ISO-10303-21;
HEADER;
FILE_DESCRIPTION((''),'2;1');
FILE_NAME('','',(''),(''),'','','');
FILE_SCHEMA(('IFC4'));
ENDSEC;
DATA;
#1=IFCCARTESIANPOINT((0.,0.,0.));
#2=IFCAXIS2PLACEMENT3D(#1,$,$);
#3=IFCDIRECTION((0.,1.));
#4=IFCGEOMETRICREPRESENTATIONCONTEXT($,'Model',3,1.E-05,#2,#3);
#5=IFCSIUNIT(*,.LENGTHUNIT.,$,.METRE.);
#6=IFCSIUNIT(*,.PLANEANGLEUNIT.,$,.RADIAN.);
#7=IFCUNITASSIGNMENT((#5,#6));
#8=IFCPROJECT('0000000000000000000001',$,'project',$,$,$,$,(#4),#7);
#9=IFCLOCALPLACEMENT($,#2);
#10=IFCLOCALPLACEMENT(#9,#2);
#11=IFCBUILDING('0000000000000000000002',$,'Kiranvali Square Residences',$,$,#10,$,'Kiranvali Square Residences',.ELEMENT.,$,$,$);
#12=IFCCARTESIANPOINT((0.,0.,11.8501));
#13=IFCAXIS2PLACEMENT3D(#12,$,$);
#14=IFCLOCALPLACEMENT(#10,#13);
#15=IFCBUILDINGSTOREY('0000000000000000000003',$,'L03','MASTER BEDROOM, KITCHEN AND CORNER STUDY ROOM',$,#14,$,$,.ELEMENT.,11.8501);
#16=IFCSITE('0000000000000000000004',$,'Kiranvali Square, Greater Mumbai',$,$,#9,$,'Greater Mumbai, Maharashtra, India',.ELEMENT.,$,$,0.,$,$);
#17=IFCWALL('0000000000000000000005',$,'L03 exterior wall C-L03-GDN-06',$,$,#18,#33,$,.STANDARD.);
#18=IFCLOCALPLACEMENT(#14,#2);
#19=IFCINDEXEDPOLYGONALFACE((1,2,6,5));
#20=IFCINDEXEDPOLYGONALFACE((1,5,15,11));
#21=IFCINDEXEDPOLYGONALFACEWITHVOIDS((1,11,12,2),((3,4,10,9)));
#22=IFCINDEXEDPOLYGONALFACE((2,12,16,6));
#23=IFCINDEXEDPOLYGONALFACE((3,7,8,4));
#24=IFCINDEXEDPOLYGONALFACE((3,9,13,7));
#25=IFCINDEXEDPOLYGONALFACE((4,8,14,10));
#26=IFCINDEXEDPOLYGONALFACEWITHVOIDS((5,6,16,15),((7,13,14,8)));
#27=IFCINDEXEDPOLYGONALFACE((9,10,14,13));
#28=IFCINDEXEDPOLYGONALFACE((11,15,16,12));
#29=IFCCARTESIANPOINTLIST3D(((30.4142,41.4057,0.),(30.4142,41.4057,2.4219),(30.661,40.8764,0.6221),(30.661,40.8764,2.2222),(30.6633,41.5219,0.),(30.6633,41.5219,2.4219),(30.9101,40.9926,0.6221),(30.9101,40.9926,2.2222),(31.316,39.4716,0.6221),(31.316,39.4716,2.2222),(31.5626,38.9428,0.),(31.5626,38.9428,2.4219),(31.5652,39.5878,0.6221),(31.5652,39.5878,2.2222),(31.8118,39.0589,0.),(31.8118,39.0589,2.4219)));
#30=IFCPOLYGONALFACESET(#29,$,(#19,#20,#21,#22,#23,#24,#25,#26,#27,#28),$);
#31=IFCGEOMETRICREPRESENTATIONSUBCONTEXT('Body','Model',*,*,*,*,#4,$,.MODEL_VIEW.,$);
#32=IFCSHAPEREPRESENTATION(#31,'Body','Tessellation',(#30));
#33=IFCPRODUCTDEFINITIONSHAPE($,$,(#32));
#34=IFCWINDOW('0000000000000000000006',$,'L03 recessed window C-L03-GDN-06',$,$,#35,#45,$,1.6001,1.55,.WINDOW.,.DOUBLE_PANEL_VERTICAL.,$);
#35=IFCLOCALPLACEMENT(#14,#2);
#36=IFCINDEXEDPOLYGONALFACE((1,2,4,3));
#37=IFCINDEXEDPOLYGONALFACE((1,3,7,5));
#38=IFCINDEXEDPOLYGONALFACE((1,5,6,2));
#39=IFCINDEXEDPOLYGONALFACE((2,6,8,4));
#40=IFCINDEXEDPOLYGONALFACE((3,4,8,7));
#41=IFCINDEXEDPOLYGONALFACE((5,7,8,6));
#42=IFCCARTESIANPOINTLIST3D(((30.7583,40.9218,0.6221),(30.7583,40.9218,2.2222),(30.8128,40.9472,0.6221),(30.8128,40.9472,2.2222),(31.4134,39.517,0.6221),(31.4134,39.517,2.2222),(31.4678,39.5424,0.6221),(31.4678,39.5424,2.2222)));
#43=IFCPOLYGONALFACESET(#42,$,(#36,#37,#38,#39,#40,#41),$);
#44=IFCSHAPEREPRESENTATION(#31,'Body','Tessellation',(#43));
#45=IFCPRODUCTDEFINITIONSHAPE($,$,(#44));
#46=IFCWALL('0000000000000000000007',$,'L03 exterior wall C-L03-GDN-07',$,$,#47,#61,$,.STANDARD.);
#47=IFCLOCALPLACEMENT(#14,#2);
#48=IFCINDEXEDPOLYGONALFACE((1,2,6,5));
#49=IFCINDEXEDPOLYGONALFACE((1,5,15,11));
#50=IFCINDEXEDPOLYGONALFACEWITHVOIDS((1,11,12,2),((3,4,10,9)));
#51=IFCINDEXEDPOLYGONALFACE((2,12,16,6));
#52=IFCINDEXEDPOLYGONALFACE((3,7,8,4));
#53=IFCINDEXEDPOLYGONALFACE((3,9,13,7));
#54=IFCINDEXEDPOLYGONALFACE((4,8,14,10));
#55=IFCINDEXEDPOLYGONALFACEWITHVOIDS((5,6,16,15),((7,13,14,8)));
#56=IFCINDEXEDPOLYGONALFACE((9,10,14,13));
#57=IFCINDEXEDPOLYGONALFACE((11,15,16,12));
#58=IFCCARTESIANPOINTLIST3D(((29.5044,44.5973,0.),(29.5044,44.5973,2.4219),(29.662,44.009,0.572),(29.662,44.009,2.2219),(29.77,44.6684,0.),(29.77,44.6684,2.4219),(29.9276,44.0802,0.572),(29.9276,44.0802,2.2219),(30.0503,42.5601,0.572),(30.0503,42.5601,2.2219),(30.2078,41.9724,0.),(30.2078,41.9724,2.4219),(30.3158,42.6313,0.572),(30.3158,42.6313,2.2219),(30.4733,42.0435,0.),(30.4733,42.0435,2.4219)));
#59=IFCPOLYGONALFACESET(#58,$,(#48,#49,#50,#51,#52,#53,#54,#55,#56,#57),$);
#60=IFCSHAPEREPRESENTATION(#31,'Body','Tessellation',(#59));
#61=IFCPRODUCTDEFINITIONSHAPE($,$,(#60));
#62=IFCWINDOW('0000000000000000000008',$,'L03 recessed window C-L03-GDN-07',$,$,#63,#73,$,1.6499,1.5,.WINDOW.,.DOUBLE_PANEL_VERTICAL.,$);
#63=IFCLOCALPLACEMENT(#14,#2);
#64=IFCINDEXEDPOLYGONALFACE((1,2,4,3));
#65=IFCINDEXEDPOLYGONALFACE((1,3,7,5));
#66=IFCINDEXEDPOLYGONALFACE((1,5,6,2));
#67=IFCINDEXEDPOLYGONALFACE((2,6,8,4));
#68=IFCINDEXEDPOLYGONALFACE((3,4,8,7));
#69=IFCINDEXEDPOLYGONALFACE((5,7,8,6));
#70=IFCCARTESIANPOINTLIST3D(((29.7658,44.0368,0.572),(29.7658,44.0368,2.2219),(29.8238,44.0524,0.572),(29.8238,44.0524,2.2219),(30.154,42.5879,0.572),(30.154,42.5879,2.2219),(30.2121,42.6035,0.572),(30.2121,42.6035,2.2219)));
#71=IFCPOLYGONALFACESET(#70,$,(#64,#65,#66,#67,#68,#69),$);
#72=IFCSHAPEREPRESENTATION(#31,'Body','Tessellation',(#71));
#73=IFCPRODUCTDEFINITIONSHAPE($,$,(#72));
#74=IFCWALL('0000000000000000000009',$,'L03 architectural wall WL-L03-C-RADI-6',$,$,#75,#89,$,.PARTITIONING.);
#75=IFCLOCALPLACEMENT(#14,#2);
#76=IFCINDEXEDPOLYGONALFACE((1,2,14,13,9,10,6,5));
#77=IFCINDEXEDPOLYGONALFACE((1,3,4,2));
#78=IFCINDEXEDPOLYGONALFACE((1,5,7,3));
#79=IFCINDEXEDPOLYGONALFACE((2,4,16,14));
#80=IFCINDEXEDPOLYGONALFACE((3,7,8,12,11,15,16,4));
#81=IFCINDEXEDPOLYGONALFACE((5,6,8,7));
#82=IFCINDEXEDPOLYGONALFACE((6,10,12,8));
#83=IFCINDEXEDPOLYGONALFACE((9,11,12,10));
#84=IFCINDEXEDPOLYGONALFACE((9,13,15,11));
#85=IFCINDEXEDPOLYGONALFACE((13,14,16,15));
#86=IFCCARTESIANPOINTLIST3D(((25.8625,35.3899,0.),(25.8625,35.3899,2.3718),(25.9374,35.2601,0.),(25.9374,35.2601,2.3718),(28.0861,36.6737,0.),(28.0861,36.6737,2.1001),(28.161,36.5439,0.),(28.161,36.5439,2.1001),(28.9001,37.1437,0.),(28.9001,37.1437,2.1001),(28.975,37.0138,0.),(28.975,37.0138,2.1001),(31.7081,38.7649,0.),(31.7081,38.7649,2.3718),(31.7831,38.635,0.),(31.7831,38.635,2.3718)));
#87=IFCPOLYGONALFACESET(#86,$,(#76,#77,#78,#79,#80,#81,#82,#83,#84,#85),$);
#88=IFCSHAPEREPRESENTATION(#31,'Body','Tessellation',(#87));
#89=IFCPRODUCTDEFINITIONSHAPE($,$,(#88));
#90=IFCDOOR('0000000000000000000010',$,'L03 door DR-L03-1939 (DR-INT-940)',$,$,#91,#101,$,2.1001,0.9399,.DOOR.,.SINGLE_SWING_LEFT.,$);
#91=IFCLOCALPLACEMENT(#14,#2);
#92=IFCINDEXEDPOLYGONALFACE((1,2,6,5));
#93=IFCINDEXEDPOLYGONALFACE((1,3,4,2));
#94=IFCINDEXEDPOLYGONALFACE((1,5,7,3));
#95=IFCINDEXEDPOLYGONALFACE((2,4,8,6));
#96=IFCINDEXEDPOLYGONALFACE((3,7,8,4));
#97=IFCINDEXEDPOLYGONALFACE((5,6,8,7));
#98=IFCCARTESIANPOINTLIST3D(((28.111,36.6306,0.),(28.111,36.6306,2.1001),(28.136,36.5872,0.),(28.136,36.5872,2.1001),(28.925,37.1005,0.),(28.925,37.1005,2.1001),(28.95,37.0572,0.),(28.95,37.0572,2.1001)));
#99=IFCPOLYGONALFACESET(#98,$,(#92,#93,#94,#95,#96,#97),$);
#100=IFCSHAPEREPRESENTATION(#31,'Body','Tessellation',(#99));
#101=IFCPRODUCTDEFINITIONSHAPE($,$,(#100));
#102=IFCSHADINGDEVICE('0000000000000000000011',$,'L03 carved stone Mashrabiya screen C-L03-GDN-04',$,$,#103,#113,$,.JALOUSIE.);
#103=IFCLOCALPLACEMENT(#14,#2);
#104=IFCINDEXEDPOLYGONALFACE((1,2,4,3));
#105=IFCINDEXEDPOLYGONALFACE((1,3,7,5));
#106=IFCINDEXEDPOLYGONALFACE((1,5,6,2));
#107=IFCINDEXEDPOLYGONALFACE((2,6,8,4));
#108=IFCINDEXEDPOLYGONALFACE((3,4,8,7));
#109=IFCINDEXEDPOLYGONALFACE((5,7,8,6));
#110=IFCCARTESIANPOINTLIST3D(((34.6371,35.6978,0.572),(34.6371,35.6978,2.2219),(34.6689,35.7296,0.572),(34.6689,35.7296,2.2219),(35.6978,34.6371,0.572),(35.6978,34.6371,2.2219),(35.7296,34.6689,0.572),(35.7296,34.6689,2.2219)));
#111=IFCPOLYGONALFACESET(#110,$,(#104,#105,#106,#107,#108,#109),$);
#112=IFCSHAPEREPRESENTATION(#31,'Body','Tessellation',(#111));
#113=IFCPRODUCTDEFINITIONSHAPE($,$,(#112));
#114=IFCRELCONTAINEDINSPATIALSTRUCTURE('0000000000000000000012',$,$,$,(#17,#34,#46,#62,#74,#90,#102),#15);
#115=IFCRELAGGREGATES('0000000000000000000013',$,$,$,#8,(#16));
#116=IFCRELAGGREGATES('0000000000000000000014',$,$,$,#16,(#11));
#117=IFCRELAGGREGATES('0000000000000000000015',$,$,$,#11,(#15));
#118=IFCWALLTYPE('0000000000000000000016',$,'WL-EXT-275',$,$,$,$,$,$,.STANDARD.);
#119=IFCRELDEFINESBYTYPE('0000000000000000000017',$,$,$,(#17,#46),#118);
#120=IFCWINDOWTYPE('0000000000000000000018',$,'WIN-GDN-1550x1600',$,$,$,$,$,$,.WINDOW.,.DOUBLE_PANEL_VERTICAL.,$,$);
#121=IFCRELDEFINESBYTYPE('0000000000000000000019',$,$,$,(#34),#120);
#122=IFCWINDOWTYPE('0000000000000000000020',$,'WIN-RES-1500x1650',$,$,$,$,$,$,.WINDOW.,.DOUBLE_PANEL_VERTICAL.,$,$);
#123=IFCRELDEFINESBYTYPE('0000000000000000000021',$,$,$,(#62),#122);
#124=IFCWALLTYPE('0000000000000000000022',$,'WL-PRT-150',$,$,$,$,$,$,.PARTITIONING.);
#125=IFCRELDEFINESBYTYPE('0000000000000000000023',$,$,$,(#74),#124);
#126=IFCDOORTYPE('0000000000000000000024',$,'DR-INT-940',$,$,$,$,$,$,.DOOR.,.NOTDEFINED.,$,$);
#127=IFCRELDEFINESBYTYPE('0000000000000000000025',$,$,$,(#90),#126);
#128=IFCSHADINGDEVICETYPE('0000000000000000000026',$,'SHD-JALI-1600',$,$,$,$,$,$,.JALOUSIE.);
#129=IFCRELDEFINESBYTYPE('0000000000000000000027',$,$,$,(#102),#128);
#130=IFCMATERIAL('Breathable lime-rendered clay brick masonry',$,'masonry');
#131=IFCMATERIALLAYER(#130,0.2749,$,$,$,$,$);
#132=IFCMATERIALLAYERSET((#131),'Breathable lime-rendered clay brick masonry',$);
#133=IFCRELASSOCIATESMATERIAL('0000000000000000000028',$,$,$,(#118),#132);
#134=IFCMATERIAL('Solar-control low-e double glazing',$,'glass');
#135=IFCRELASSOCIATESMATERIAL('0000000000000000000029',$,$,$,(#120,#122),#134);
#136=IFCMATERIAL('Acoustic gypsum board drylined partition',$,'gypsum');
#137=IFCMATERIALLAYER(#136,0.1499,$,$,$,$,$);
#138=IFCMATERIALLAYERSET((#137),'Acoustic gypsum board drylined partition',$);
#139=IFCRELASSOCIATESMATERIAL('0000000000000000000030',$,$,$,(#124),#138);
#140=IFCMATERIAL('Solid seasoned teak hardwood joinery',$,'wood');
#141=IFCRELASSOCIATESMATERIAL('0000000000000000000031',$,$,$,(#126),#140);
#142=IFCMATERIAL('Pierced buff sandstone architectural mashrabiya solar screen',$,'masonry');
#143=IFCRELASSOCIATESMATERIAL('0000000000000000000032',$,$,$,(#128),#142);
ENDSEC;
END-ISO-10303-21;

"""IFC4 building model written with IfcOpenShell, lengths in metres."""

from ifc_helpers import new_model, si_unit, direction, frame, frame_2d, origin, origin_2d, place, context, subcontext, project, spatial, rectangle, extrude, material, layer, layer_set, type_object, element, fill, save


model = new_model("IFC4")

# Units and contexts
model_context = context("Model", 3, precision=1e-05, world=origin(), true_north=direction((0.0, 1.0)))
body_context = subcontext(model_context, "Body", "Model", "MODEL_VIEW")
ifc_project = project(units=[si_unit("LENGTHUNIT", "METRE"), si_unit("PLANEANGLEUNIT", "RADIAN")], contexts=[model_context])

# Site, building, storey
site_placement = place(None, origin())
site = spatial("IfcSite", under=ifc_project, at=site_placement, Name="Kiranvali Square, Greater Mumbai", LongName="Greater Mumbai, Maharashtra, India", CompositionType="ELEMENT", RefElevation=0.0)
building_placement = place(site_placement, origin())
building = spatial("IfcBuilding", under=site, at=building_placement, Name="Kiranvali Square Residences", LongName="Kiranvali Square Residences", CompositionType="ELEMENT")
storey_placement = place(building_placement, frame((0.0, 0.0, 11.8501)))
storey = spatial("IfcBuildingStorey", under=building, at=storey_placement, Name="L03", Description="MASTER BEDROOM, KITCHEN AND CORNER STUDY ROOM", CompositionType="ELEMENT", Elevation=11.8501)

# Shared definitions
ifc_material_1 = material(Name="Breathable lime-rendered clay brick masonry", Category="masonry")
ifc_layer_1 = layer(ifc_material_1, 0.2749)
ifc_layer_set_1 = layer_set([ifc_layer_1], Name="Breathable lime-rendered clay brick masonry")
wall_type_1 = type_object("IfcWallType", Name="WL-EXT-275", PredefinedType="STANDARD", material=ifc_layer_set_1)

# Walls, openings, windows
wall_1_placement = place(storey_placement, frame((31.6873, 39.0007, 0.0), z_axis=(0.0, 0.0, 1.0), x_axis=(-0.42261, 0.906312, 0.0)))
wall_1 = element("IfcWall", 1, at=wall_1_placement, inside=storey, type_object=wall_type_1, Name="L03 exterior wall C-L03-GDN-06", PredefinedType="STANDARD", context=body_context, shape_type="SweptSolid", body=[
    extrude(rectangle(XDim=2.7175, YDim=0.2749, at=frame_2d((1.3589, 0.0))), origin(), (0.0, 0.0, 1.0), 2.4219),
])
opening_1_placement = place(wall_1_placement, frame((0.5837, 0.0, 0.6221)))
opening_1 = element("IfcOpeningElement", 2, at=opening_1_placement, cuts=wall_1, PredefinedType="OPENING", context=body_context, shape_type="SweptSolid", body=[
    extrude(rectangle(XDim=1.55, YDim=1.6001, at=frame_2d((0.7749, 0.8))), frame((0.0, 0.1475, 0.0), z_axis=(0.0, -1.0, 0.0), x_axis=(1.0, 0.0, 0.0)), (0.0, 0.0, 1.0), 0.2949),
])
ifc_material_2 = material(Name="Solar-control low-e double glazing", Category="glass")
window_type_1 = type_object("IfcWindowType", Name="WIN-GDN-1550x1600", PartitioningType="DOUBLE_PANEL_VERTICAL", PredefinedType="WINDOW", material=ifc_material_2)
window_1_placement = place(opening_1_placement, origin())
window_1 = element("IfcWindow", 3, at=window_1_placement, inside=storey, type_object=window_type_1, Name="L03 recessed window C-L03-GDN-06", OverallHeight=1.6001, OverallWidth=1.55, PartitioningType="DOUBLE_PANEL_VERTICAL", PredefinedType="WINDOW", context=body_context, shape_type="SweptSolid", body=[
    extrude(rectangle(XDim=1.55, YDim=1.6001, at=frame_2d((0.7749, 0.8))), frame((0.0, 0.03, 0.0), z_axis=(0.0, -1.0, 0.0), x_axis=(1.0, 0.0, 0.0)), (0.0, 0.0, 1.0), 0.0601),
])
fill(opening_1, window_1)
wall_2_placement = place(storey_placement, frame((30.3406, 42.0078, 0.0), z_axis=(0.0, 0.0, 1.0), x_axis=(-0.25882, 0.965926, 0.0)))
wall_2 = element("IfcWall", 4, at=wall_2_placement, inside=storey, type_object=wall_type_1, Name="L03 exterior wall C-L03-GDN-07", PredefinedType="STANDARD", context=body_context, shape_type="SweptSolid", body=[
    extrude(rectangle(XDim=2.7175, YDim=0.2749, at=frame_2d((1.3589, 0.0))), origin(), (0.0, 0.0, 1.0), 2.4219),
])
opening_2_placement = place(wall_2_placement, frame((0.6086, 0.0, 0.572)))
opening_2 = element("IfcOpeningElement", 5, at=opening_2_placement, cuts=wall_2, PredefinedType="OPENING", context=body_context, shape_type="SweptSolid", body=[
    extrude(rectangle(XDim=1.5, YDim=1.6499, at=frame_2d((0.75, 0.825))), frame((0.0, 0.1475, 0.0), z_axis=(0.0, -1.0, 0.0), x_axis=(1.0, 0.0, 0.0)), (0.0, 0.0, 1.0), 0.2949),
])
window_type_2 = type_object("IfcWindowType", Name="WIN-RES-1500x1650", PartitioningType="DOUBLE_PANEL_VERTICAL", PredefinedType="WINDOW", material=ifc_material_2)
window_2_placement = place(opening_2_placement, origin())
window_2 = element("IfcWindow", 6, at=window_2_placement, inside=storey, type_object=window_type_2, Name="L03 recessed window C-L03-GDN-07", OverallHeight=1.6499, OverallWidth=1.5, PartitioningType="DOUBLE_PANEL_VERTICAL", PredefinedType="WINDOW", context=body_context, shape_type="SweptSolid", body=[
    extrude(rectangle(XDim=1.5, YDim=1.6499, at=frame_2d((0.75, 0.825))), frame((0.0, 0.03, 0.0), z_axis=(0.0, -1.0, 0.0), x_axis=(1.0, 0.0, 0.0)), (0.0, 0.0, 1.0), 0.0601),
])
fill(opening_2, window_2)

# Wall, opening, door
ifc_material_3 = material(Name="Acoustic gypsum board drylined partition", Category="gypsum")
ifc_layer_2 = layer(ifc_material_3, 0.1499)
ifc_layer_set_2 = layer_set([ifc_layer_2], Name="Acoustic gypsum board drylined partition")
wall_type_2 = type_object("IfcWallType", Name="WL-PRT-150", PredefinedType="PARTITIONING", material=ifc_layer_set_2)
wall_3_placement = place(storey_placement, frame((31.7456, 38.7, 0.0), z_axis=(0.0, 0.0, 1.0), x_axis=(-0.866027, -0.499998, 0.0)))
wall_3 = element("IfcWall", 7, at=wall_3_placement, inside=storey, type_object=wall_type_2, Name="L03 architectural wall WL-L03-C-RADI-6", PredefinedType="PARTITIONING", context=body_context, shape_type="SweptSolid", body=[
    extrude(rectangle(XDim=6.75, YDim=0.1499, at=frame_2d((3.375, 0.0))), origin(), (0.0, 0.0, 1.0), 2.3718),
])
opening_3_placement = place(wall_3_placement, frame((3.2424, 0.0, 0.0)))
opening_3 = element("IfcOpeningElement", 8, at=opening_3_placement, cuts=wall_3, PredefinedType="OPENING", context=body_context, shape_type="SweptSolid", body=[
    extrude(rectangle(XDim=0.9399, YDim=2.1001, at=frame_2d((0.47, 1.05))), frame((0.0, 0.085, 0.0), z_axis=(0.0, -1.0, 0.0), x_axis=(1.0, 0.0, 0.0)), (0.0, 0.0, 1.0), 0.1699),
])
ifc_material_4 = material(Name="Solid seasoned teak hardwood joinery", Category="wood")
door_type_1 = type_object("IfcDoorType", Name="DR-INT-940", OperationType="NOTDEFINED", PredefinedType="DOOR", material=ifc_material_4)
door_1_placement = place(opening_3_placement, origin())
door_1 = element("IfcDoor", 9, at=door_1_placement, inside=storey, type_object=door_type_1, Name="L03 door DR-L03-1939 (DR-INT-940)", OperationType="SINGLE_SWING_LEFT", OverallHeight=2.1001, OverallWidth=0.9399, PredefinedType="DOOR", context=body_context, shape_type="SweptSolid", body=[
    extrude(rectangle(XDim=0.9399, YDim=2.1001, at=frame_2d((0.47, 1.05))), frame((0.0, 0.0249, 0.0), z_axis=(0.0, -1.0, 0.0), x_axis=(1.0, 0.0, 0.0)), (0.0, 0.0, 1.0), 0.05),
])
fill(opening_3, door_1)

# Shading device
ifc_material_5 = material(Name="Pierced buff sandstone architectural mashrabiya solar screen", Category="masonry")
shading_device_type = type_object("IfcShadingDeviceType", Name="SHD-JALI-1600", PredefinedType="JALOUSIE", material=ifc_material_5)
shading_device_placement = place(storey_placement, frame((35.1833, 35.1833, 0.572), z_axis=(0.0, 0.0, 1.0), x_axis=(-0.707107, 0.707107, 0.0)))
element("IfcShadingDevice", 10, at=shading_device_placement, inside=storey, type_object=shading_device_type, Name="L03 carved stone Mashrabiya screen C-L03-GDN-04", PredefinedType="JALOUSIE", context=body_context, shape_type="SweptSolid", body=[
    extrude(rectangle(XDim=1.5, YDim=0.0449, at=origin_2d()), origin(), (0.0, 0.0, 1.0), 1.6499),
])

save(model, "model.ifc")
